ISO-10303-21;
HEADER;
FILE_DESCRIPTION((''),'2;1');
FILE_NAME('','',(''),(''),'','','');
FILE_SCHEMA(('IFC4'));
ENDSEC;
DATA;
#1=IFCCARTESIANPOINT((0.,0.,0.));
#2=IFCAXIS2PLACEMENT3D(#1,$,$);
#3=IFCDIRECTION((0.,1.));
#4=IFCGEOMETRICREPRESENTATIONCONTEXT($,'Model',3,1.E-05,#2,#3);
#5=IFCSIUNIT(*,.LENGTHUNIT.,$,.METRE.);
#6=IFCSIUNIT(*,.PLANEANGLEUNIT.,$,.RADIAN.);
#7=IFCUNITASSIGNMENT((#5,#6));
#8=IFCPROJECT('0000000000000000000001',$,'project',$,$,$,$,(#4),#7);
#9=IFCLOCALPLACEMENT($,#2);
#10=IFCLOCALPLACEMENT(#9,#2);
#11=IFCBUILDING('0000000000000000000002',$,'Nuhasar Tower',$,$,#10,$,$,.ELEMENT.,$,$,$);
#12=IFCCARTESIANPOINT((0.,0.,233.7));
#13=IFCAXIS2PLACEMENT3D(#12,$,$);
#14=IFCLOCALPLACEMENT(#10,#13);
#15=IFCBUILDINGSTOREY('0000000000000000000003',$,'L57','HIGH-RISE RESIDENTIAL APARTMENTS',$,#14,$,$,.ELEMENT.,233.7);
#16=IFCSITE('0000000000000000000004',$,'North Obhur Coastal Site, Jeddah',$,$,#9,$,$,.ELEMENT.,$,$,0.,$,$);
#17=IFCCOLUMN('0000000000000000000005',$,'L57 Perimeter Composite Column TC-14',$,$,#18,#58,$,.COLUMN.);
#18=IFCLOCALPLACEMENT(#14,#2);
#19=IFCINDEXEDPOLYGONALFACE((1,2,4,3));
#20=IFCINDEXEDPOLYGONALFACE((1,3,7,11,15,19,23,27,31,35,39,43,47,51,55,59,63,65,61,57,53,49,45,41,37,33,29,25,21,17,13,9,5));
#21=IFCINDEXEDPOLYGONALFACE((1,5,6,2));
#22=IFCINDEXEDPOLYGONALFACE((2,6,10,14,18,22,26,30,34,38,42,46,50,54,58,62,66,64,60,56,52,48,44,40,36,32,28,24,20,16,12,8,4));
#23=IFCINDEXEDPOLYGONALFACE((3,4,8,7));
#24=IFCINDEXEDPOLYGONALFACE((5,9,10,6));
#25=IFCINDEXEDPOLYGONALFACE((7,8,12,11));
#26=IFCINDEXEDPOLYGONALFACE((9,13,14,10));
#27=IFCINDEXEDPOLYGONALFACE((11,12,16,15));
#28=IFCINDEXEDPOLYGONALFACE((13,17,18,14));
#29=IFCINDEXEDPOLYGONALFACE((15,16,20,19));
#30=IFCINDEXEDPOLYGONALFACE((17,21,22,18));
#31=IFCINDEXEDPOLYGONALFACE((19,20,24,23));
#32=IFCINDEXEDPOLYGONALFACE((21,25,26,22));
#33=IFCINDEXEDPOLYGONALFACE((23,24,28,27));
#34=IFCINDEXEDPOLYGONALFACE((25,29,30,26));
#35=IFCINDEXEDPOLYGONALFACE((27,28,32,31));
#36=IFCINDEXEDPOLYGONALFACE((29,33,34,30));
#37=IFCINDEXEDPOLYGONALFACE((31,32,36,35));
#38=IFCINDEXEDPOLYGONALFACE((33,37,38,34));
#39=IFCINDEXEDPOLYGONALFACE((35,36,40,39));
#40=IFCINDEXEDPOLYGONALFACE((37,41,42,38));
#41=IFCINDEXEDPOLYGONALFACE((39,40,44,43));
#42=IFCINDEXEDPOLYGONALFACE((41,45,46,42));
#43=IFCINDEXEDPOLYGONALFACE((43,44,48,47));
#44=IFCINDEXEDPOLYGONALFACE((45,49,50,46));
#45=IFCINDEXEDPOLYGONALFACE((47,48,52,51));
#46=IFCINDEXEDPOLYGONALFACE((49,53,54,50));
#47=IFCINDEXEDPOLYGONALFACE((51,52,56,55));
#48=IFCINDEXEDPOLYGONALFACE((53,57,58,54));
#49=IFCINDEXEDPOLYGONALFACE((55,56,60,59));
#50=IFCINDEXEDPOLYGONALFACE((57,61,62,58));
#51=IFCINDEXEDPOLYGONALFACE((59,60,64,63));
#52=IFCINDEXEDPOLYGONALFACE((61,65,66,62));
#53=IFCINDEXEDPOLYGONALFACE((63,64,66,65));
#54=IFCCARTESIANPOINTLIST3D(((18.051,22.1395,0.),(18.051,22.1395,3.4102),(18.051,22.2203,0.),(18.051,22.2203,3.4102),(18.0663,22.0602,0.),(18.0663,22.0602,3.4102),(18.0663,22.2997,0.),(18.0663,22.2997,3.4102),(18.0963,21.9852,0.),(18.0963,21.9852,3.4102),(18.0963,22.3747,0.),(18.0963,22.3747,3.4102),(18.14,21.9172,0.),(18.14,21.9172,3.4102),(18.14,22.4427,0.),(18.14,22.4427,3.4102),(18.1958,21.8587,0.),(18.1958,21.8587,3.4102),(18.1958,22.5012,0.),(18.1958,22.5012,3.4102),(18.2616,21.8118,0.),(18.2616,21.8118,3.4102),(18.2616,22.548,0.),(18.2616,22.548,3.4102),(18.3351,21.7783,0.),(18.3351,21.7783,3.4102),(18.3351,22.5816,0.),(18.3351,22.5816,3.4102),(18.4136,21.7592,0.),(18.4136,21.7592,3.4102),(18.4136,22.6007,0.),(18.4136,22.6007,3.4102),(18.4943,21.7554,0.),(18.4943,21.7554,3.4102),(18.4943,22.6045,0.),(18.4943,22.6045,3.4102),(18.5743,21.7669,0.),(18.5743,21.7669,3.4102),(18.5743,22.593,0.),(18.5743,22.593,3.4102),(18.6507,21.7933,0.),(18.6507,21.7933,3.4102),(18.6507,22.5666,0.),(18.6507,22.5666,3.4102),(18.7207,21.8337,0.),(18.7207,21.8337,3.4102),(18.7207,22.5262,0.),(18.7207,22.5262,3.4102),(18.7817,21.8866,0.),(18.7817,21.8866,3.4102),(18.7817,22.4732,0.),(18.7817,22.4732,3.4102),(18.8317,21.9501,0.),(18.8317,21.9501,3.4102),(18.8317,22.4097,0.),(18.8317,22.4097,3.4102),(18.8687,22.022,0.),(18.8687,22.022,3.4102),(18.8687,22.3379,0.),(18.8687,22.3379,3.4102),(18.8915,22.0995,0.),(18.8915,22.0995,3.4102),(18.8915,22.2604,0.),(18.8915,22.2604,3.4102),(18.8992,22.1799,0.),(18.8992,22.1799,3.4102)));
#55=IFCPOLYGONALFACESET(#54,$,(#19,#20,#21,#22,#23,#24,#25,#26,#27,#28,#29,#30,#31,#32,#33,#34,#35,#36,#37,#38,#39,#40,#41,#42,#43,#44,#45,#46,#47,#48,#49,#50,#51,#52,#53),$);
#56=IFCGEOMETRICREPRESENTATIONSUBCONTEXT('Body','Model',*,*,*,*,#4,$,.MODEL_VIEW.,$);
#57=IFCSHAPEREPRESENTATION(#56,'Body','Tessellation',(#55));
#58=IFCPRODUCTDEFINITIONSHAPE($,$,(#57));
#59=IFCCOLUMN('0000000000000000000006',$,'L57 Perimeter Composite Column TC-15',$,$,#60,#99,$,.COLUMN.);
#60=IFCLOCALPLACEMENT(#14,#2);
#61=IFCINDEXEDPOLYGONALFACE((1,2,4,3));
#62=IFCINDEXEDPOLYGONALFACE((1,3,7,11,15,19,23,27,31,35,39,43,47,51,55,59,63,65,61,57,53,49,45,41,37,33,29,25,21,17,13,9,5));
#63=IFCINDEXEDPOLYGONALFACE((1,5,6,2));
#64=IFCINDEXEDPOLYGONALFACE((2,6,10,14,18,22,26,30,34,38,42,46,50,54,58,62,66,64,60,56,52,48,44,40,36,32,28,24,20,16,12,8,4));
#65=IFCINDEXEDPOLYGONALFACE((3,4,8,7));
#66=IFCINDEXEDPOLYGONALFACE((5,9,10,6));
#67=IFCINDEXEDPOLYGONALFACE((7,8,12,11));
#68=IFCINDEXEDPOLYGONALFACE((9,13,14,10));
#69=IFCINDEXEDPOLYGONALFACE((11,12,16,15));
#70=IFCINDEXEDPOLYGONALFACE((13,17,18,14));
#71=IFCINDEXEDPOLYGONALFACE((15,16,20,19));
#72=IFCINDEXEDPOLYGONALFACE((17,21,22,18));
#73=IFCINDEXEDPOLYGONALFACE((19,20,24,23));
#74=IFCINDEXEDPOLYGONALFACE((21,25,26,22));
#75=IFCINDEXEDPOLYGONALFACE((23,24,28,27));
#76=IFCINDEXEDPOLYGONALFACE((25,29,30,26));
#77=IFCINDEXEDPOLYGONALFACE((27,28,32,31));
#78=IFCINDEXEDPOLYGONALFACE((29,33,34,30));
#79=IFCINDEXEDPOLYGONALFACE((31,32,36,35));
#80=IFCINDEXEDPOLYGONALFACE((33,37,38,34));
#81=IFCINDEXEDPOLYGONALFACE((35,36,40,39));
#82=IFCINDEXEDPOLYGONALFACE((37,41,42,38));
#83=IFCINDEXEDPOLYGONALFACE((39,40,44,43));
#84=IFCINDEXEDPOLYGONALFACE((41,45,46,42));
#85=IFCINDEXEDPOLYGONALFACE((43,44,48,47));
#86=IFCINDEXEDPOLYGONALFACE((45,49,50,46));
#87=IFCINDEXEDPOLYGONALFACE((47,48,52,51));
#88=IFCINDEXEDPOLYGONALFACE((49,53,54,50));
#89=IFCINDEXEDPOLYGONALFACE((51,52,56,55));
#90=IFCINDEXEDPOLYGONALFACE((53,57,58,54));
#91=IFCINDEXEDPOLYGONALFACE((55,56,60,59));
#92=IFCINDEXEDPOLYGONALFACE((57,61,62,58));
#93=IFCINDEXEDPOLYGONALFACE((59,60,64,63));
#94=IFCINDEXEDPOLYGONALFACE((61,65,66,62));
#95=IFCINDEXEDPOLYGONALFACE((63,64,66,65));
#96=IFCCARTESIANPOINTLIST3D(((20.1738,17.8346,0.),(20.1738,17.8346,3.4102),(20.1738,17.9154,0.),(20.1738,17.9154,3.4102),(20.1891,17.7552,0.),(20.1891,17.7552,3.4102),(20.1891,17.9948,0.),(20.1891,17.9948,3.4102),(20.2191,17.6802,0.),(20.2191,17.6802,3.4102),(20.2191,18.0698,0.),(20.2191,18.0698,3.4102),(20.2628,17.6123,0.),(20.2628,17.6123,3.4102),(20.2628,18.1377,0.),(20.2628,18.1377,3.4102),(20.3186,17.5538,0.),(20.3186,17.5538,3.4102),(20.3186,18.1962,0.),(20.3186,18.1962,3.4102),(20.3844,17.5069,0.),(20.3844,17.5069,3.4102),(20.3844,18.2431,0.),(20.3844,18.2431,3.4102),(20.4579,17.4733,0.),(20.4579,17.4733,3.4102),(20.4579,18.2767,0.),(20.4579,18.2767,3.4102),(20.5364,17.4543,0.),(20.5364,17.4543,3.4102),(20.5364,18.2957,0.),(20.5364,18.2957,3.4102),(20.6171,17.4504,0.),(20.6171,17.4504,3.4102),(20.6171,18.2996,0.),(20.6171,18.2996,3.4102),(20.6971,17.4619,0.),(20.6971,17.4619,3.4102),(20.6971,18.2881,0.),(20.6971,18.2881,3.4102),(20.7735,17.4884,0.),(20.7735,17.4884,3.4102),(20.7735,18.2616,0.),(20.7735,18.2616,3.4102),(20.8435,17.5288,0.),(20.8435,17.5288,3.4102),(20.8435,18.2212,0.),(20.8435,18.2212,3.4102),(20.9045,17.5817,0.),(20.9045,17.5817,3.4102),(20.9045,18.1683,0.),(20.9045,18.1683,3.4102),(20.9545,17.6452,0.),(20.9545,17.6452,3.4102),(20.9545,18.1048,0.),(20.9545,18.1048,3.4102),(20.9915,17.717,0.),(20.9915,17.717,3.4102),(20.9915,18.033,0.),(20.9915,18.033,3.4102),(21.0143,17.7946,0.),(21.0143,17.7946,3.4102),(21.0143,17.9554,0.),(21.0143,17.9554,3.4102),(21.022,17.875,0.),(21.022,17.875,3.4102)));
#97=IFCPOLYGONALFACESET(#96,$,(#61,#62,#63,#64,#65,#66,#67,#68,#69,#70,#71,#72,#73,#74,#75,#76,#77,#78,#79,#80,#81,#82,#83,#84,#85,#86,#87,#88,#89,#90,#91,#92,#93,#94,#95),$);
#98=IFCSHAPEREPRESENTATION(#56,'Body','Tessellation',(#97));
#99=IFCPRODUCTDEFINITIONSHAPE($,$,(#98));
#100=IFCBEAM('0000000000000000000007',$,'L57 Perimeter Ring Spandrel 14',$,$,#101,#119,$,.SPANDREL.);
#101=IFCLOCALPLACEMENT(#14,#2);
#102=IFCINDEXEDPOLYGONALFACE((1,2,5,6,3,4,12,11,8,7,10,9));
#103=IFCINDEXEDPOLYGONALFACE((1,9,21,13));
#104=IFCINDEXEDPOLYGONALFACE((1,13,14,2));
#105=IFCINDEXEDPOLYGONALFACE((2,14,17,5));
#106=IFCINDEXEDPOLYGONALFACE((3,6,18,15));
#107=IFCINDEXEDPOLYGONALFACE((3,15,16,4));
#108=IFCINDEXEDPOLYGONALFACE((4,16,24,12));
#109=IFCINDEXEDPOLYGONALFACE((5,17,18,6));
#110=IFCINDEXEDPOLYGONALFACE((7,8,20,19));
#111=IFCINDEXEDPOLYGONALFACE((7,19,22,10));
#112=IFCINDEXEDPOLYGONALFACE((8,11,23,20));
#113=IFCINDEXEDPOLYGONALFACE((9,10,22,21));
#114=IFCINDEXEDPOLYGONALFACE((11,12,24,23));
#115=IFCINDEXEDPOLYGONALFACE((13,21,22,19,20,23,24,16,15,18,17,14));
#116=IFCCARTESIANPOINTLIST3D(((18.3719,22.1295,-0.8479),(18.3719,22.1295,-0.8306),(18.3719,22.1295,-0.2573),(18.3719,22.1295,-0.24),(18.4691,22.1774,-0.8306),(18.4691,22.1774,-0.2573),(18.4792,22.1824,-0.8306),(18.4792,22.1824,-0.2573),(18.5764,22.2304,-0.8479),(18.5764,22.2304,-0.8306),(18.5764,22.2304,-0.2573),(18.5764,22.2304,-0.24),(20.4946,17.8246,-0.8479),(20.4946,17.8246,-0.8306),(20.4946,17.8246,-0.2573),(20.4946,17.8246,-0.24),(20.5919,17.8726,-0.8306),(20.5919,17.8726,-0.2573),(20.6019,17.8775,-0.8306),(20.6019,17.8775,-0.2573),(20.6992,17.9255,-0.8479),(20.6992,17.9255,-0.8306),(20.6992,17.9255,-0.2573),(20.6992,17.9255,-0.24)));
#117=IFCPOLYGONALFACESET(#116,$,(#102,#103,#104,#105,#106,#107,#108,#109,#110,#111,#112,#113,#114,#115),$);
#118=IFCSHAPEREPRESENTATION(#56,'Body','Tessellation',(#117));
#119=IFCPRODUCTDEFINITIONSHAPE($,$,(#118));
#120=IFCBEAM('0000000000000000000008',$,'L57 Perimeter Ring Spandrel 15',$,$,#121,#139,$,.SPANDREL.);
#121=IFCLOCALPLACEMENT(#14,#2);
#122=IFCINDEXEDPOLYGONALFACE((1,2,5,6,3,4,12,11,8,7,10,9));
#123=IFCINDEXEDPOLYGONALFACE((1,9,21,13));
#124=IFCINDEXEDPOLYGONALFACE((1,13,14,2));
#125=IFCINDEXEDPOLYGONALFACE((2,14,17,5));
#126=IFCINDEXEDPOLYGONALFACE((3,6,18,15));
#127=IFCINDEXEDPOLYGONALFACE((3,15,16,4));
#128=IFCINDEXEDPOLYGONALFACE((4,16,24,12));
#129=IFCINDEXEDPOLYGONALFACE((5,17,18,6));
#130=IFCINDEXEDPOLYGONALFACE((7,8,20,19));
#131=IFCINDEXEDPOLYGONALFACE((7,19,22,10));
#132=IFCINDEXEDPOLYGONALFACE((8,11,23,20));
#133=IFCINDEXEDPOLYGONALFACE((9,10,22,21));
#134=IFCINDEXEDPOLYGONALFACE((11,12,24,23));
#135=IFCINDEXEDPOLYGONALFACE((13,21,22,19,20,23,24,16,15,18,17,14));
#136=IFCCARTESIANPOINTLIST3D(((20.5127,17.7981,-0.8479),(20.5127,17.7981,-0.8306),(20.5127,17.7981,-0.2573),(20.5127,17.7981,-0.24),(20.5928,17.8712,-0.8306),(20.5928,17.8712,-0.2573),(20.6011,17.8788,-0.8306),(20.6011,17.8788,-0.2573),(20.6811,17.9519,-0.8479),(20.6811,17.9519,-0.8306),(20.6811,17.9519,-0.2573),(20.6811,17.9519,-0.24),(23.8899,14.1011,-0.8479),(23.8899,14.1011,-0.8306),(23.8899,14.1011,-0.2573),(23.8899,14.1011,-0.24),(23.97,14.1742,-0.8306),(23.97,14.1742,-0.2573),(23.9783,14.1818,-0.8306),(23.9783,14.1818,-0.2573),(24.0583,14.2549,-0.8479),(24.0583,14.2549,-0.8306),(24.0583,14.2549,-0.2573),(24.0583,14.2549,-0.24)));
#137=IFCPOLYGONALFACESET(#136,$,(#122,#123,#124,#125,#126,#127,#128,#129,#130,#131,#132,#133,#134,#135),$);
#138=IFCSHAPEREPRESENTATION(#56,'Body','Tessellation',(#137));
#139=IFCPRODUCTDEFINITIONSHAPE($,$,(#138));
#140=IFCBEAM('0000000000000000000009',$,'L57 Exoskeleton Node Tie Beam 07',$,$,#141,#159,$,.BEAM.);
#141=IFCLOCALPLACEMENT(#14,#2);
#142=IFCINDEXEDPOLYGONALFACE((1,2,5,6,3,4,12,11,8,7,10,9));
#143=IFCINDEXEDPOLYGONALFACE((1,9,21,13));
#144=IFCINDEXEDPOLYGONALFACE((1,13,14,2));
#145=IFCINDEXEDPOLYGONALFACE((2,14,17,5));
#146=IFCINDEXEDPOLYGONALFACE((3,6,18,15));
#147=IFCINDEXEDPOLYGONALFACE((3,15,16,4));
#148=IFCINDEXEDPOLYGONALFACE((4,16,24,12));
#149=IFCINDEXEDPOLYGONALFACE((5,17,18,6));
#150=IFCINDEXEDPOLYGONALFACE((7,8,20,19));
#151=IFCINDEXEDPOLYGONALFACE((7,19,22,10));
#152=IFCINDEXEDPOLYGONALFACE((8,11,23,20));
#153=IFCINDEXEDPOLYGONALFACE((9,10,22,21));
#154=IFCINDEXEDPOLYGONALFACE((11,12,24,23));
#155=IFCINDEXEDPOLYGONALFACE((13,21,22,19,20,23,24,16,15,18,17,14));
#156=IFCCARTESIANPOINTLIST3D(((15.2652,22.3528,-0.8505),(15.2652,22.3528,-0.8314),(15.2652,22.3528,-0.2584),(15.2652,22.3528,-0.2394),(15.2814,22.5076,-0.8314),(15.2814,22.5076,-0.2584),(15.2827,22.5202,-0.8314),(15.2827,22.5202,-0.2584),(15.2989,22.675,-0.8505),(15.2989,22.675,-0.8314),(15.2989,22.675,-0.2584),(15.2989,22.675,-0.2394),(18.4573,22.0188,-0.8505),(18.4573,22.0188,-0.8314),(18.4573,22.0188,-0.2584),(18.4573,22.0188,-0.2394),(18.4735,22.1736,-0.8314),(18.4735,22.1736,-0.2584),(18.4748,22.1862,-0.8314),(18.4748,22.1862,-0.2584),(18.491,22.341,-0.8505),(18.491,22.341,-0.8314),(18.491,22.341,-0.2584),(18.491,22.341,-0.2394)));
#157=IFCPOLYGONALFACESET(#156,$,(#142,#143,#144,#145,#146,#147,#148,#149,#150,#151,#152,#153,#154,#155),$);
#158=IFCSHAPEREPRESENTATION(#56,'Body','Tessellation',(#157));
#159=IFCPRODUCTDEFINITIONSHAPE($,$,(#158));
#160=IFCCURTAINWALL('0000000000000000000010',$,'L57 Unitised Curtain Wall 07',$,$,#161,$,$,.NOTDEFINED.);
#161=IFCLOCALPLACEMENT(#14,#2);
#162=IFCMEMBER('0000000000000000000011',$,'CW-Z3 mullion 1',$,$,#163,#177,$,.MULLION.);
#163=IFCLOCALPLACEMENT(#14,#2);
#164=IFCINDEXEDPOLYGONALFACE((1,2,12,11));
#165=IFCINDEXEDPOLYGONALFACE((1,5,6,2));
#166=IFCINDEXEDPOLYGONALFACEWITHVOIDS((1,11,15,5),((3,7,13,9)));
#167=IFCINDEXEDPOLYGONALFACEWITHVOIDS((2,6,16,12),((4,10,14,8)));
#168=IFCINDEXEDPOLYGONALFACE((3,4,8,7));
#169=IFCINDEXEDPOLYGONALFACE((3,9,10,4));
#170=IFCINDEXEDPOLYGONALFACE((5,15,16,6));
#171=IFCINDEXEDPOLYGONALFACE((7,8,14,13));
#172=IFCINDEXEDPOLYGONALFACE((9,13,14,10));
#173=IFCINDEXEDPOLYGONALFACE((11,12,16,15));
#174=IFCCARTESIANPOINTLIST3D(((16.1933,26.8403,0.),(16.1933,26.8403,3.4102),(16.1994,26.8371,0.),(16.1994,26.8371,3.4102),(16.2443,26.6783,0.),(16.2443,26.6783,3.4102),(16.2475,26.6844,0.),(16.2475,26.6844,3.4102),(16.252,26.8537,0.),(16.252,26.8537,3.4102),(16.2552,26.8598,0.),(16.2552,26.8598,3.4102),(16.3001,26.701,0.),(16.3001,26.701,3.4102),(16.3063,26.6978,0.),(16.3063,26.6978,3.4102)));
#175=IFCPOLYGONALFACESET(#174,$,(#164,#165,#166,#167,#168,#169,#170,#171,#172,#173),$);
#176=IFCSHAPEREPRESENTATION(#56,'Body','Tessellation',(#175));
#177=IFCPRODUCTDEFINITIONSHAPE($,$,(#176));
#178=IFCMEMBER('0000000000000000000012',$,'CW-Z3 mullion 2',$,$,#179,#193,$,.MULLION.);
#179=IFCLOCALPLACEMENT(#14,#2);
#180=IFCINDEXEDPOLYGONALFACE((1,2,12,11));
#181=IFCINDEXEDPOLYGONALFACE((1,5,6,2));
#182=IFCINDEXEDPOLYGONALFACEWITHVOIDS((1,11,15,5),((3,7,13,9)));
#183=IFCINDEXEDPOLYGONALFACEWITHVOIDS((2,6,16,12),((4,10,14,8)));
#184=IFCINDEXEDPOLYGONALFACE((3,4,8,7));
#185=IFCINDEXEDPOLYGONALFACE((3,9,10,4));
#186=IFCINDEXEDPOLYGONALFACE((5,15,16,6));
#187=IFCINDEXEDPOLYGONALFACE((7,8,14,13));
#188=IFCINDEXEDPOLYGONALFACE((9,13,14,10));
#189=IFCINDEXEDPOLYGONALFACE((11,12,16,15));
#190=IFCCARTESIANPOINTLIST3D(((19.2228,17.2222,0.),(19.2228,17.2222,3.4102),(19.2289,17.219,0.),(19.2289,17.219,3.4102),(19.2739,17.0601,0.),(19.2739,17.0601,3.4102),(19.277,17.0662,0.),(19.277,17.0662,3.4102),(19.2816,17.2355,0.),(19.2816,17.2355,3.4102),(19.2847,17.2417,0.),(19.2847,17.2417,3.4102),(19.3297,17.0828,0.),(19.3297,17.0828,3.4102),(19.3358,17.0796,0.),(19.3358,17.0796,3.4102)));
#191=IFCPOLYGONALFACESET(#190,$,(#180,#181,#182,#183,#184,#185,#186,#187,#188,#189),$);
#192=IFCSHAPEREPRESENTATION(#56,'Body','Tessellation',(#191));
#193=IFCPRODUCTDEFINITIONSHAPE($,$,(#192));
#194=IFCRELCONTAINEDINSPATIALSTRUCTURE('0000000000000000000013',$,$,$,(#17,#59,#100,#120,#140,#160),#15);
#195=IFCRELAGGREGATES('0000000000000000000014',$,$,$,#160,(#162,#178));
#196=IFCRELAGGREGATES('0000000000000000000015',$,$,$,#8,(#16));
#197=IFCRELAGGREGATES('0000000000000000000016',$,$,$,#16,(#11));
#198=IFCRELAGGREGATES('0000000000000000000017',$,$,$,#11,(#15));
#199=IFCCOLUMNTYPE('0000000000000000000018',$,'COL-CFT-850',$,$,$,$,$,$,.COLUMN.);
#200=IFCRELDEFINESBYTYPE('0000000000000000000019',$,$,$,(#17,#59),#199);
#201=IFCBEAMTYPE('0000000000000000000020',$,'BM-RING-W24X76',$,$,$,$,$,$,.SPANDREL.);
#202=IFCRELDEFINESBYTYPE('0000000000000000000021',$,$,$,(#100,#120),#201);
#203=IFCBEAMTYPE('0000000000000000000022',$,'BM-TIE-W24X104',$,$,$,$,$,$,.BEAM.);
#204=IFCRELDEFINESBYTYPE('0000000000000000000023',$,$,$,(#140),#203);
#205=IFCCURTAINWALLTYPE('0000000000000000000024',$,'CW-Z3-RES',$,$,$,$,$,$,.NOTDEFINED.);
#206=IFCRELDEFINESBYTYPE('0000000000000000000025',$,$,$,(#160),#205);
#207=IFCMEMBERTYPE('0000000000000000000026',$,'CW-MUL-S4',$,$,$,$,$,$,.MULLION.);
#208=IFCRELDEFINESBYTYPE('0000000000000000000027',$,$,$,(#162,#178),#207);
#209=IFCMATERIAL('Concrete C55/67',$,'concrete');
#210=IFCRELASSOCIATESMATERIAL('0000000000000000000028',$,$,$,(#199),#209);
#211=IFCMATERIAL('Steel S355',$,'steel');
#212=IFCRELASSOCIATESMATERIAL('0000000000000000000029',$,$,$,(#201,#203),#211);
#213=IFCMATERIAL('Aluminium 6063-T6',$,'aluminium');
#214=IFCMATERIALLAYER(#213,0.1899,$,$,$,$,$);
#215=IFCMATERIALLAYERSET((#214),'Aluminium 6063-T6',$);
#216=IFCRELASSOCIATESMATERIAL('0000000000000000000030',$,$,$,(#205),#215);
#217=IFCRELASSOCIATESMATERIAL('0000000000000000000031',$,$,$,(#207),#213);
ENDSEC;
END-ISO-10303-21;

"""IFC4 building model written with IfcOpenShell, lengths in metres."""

from ifc_helpers import new_model, si_unit, direction, frame, origin, origin_2d, place, context, subcontext, project, spatial, hollow_rectangle, circle, i_section, extrude, material, layer, layer_set, material_profile, profile_set, type_object, element, aggregate, save


model = new_model("IFC4")

# Units and contexts
model_context = context("Model", 3, precision=1e-05, world=origin(), true_north=direction((0.0, 1.0)))
body_context = subcontext(model_context, "Body", "Model", "MODEL_VIEW")
ifc_project = project(units=[si_unit("LENGTHUNIT", "METRE"), si_unit("PLANEANGLEUNIT", "RADIAN")], contexts=[model_context])

# Site, building, storey
site_placement = place(None, origin())
site = spatial("IfcSite", under=ifc_project, at=site_placement, Name="North Obhur Coastal Site, Jeddah", CompositionType="ELEMENT", RefElevation=0.0)
building_placement = place(site_placement, origin())
building = spatial("IfcBuilding", under=site, at=building_placement, Name="Nuhasar Tower", CompositionType="ELEMENT")
storey_placement = place(building_placement, frame((0.0, 0.0, 233.7)))
storey = spatial("IfcBuildingStorey", under=building, at=storey_placement, Name="L57", Description="HIGH-RISE RESIDENTIAL APARTMENTS", CompositionType="ELEMENT", Elevation=233.7)

# Columns
ifc_material_1 = material(Name="Concrete C55/67", Category="concrete")
ifc_material_profile_1 = material_profile(ifc_material_1, circle(Radius=0.425, at=origin_2d()), Name="CFT850")
ifc_profile_set_1 = profile_set([ifc_material_profile_1], Name="Concrete C55/67")
column_type = type_object("IfcColumnType", Name="COL-CFT-850", PredefinedType="COLUMN", material=ifc_profile_set_1)
for number, where, z_axis, x_axis, name in (
    (1, (18.4741, 22.1799, 0.0), (0.0, 0.0, 1.0), (1.0, 0.0, 0.0), "L57 Perimeter Composite Column TC-14"),
    (2, (20.5969, 17.875, 0.0), (0.0, 0.0, 1.0), (1.0, 0.0, 0.0), "L57 Perimeter Composite Column TC-15"),
):
    element("IfcColumn", number, at=place(storey_placement, frame(where, z_axis=z_axis, x_axis=x_axis)), inside=storey, type_object=column_type, Name=name, PredefinedType="COLUMN", context=body_context, shape_type="SweptSolid", body=[
        extrude(circle(Radius=0.425, at=origin_2d()), origin(), (0.0, 0.0, 1.0), 3.4102),
    ])

# Beams
ifc_material_2 = material(Name="Steel S355", Category="steel")
ifc_material_profile_2 = material_profile(ifc_material_2, i_section(OverallWidth=0.228, OverallDepth=0.6079, WebThickness=0.0112, FlangeThickness=0.0173, at=origin_2d()), Name="W24X76")
ifc_profile_set_2 = profile_set([ifc_material_profile_2], Name="Steel S355")
beam_type_1 = type_object("IfcBeamType", Name="BM-RING-W24X76", PredefinedType="SPANDREL", material=ifc_profile_set_2)
beam_1_placement = place(storey_placement, frame((18.4741, 22.1799, -0.5439), z_axis=(0.442263, -0.896886, 0.0), x_axis=(0.896886, 0.442263, 0.0)))
element("IfcBeam", 3, at=beam_1_placement, inside=storey, type_object=beam_type_1, Name="L57 Perimeter Ring Spandrel 14", PredefinedType="SPANDREL", context=body_context, shape_type="SweptSolid", body=[
    extrude(i_section(OverallWidth=0.228, OverallDepth=0.6079, WebThickness=0.0112, FlangeThickness=0.0173, at=origin_2d()), origin(), (0.0, 0.0, 1.0), 4.7998),
])
beam_2_placement = place(storey_placement, frame((20.5969, 17.875, -0.5439), z_axis=(0.67445, -0.738321, 0.0), x_axis=(0.738321, 0.67445, 0.0)))
element("IfcBeam", 4, at=beam_2_placement, inside=storey, type_object=beam_type_1, Name="L57 Perimeter Ring Spandrel 15", PredefinedType="SPANDREL", context=body_context, shape_type="SweptSolid", body=[
    extrude(i_section(OverallWidth=0.228, OverallDepth=0.6079, WebThickness=0.0112, FlangeThickness=0.0173, at=origin_2d()), origin(), (0.0, 0.0, 1.0), 5.0073),
])
ifc_material_profile_3 = material_profile(ifc_material_2, i_section(OverallWidth=0.324, OverallDepth=0.6111, WebThickness=0.0127, FlangeThickness=0.019, at=origin_2d()), Name="W24X104")
ifc_profile_set_3 = profile_set([ifc_material_profile_3], Name="Steel S355")
beam_type_2 = type_object("IfcBeamType", Name="BM-TIE-W24X104", PredefinedType="BEAM", material=ifc_profile_set_3)
beam_3_placement = place(storey_placement, frame((18.4741, 22.1799, -0.5449), z_axis=(-0.994571, 0.104059, 0.0), x_axis=(-0.104059, -0.994571, 0.0)))
element("IfcBeam", 5, at=beam_3_placement, inside=storey, type_object=beam_type_2, Name="L57 Exoskeleton Node Tie Beam 07", PredefinedType="BEAM", context=body_context, shape_type="SweptSolid", body=[
    extrude(i_section(OverallWidth=0.324, OverallDepth=0.6111, WebThickness=0.0127, FlangeThickness=0.019, at=origin_2d()), origin(), (0.0, 0.0, 1.0), 3.2095),
])

# Curtain wall, members
ifc_material_3 = material(Name="Aluminium 6063-T6", Category="aluminium")
ifc_layer_1 = layer(ifc_material_3, 0.1899)
ifc_layer_set_1 = layer_set([ifc_layer_1], Name="Aluminium 6063-T6")
curtain_wall_type = type_object("IfcCurtainWallType", Name="CW-Z3-RES", PredefinedType="NOTDEFINED", material=ifc_layer_set_1)
curtain_wall_1_placement = place(storey_placement, origin())
curtain_wall_1 = element("IfcCurtainWall", 6, at=curtain_wall_1_placement, inside=storey, type_object=curtain_wall_type, Name="L57 Unitised Curtain Wall 07", PredefinedType="NOTDEFINED")
ifc_material_profile_4 = material_profile(ifc_material_3, hollow_rectangle(XDim=0.0649, YDim=0.1699, WallThickness=0.0049, at=origin_2d()), Name="CWM-4")
ifc_profile_set_4 = profile_set([ifc_material_profile_4], Name="Aluminium 6063-T6")
member_type_1 = type_object("IfcMemberType", Name="CW-MUL-S4", PredefinedType="MULLION", material=ifc_profile_set_4)
member_1_placement = place(storey_placement, frame((16.2498, 26.769, 0.0), z_axis=(0.0, 0.0, 1.0), x_axis=(0.953804, 0.300429, 0.0)))
member_1 = element("IfcMember", 7, at=member_1_placement, type_object=member_type_1, Name="CW-Z3 mullion 1", PredefinedType="MULLION", context=body_context, shape_type="SweptSolid", body=[
    extrude(hollow_rectangle(XDim=0.0649, YDim=0.1699, WallThickness=0.0049, at=origin_2d()), origin(), (0.0, 0.0, 1.0), 3.4102),
])
member_2_placement = place(storey_placement, frame((19.2793, 17.1509, 0.0), z_axis=(0.0, 0.0, 1.0), x_axis=(0.953804, 0.300429, 0.0)))
member_2 = element("IfcMember", 8, at=member_2_placement, type_object=member_type_1, Name="CW-Z3 mullion 2", PredefinedType="MULLION", context=body_context, shape_type="SweptSolid", body=[
    extrude(hollow_rectangle(XDim=0.0649, YDim=0.1699, WallThickness=0.0049, at=origin_2d()), origin(), (0.0, 0.0, 1.0), 3.4102),
])

aggregate(curtain_wall_1, [member_1, member_2])

save(model, "model.ifc")
